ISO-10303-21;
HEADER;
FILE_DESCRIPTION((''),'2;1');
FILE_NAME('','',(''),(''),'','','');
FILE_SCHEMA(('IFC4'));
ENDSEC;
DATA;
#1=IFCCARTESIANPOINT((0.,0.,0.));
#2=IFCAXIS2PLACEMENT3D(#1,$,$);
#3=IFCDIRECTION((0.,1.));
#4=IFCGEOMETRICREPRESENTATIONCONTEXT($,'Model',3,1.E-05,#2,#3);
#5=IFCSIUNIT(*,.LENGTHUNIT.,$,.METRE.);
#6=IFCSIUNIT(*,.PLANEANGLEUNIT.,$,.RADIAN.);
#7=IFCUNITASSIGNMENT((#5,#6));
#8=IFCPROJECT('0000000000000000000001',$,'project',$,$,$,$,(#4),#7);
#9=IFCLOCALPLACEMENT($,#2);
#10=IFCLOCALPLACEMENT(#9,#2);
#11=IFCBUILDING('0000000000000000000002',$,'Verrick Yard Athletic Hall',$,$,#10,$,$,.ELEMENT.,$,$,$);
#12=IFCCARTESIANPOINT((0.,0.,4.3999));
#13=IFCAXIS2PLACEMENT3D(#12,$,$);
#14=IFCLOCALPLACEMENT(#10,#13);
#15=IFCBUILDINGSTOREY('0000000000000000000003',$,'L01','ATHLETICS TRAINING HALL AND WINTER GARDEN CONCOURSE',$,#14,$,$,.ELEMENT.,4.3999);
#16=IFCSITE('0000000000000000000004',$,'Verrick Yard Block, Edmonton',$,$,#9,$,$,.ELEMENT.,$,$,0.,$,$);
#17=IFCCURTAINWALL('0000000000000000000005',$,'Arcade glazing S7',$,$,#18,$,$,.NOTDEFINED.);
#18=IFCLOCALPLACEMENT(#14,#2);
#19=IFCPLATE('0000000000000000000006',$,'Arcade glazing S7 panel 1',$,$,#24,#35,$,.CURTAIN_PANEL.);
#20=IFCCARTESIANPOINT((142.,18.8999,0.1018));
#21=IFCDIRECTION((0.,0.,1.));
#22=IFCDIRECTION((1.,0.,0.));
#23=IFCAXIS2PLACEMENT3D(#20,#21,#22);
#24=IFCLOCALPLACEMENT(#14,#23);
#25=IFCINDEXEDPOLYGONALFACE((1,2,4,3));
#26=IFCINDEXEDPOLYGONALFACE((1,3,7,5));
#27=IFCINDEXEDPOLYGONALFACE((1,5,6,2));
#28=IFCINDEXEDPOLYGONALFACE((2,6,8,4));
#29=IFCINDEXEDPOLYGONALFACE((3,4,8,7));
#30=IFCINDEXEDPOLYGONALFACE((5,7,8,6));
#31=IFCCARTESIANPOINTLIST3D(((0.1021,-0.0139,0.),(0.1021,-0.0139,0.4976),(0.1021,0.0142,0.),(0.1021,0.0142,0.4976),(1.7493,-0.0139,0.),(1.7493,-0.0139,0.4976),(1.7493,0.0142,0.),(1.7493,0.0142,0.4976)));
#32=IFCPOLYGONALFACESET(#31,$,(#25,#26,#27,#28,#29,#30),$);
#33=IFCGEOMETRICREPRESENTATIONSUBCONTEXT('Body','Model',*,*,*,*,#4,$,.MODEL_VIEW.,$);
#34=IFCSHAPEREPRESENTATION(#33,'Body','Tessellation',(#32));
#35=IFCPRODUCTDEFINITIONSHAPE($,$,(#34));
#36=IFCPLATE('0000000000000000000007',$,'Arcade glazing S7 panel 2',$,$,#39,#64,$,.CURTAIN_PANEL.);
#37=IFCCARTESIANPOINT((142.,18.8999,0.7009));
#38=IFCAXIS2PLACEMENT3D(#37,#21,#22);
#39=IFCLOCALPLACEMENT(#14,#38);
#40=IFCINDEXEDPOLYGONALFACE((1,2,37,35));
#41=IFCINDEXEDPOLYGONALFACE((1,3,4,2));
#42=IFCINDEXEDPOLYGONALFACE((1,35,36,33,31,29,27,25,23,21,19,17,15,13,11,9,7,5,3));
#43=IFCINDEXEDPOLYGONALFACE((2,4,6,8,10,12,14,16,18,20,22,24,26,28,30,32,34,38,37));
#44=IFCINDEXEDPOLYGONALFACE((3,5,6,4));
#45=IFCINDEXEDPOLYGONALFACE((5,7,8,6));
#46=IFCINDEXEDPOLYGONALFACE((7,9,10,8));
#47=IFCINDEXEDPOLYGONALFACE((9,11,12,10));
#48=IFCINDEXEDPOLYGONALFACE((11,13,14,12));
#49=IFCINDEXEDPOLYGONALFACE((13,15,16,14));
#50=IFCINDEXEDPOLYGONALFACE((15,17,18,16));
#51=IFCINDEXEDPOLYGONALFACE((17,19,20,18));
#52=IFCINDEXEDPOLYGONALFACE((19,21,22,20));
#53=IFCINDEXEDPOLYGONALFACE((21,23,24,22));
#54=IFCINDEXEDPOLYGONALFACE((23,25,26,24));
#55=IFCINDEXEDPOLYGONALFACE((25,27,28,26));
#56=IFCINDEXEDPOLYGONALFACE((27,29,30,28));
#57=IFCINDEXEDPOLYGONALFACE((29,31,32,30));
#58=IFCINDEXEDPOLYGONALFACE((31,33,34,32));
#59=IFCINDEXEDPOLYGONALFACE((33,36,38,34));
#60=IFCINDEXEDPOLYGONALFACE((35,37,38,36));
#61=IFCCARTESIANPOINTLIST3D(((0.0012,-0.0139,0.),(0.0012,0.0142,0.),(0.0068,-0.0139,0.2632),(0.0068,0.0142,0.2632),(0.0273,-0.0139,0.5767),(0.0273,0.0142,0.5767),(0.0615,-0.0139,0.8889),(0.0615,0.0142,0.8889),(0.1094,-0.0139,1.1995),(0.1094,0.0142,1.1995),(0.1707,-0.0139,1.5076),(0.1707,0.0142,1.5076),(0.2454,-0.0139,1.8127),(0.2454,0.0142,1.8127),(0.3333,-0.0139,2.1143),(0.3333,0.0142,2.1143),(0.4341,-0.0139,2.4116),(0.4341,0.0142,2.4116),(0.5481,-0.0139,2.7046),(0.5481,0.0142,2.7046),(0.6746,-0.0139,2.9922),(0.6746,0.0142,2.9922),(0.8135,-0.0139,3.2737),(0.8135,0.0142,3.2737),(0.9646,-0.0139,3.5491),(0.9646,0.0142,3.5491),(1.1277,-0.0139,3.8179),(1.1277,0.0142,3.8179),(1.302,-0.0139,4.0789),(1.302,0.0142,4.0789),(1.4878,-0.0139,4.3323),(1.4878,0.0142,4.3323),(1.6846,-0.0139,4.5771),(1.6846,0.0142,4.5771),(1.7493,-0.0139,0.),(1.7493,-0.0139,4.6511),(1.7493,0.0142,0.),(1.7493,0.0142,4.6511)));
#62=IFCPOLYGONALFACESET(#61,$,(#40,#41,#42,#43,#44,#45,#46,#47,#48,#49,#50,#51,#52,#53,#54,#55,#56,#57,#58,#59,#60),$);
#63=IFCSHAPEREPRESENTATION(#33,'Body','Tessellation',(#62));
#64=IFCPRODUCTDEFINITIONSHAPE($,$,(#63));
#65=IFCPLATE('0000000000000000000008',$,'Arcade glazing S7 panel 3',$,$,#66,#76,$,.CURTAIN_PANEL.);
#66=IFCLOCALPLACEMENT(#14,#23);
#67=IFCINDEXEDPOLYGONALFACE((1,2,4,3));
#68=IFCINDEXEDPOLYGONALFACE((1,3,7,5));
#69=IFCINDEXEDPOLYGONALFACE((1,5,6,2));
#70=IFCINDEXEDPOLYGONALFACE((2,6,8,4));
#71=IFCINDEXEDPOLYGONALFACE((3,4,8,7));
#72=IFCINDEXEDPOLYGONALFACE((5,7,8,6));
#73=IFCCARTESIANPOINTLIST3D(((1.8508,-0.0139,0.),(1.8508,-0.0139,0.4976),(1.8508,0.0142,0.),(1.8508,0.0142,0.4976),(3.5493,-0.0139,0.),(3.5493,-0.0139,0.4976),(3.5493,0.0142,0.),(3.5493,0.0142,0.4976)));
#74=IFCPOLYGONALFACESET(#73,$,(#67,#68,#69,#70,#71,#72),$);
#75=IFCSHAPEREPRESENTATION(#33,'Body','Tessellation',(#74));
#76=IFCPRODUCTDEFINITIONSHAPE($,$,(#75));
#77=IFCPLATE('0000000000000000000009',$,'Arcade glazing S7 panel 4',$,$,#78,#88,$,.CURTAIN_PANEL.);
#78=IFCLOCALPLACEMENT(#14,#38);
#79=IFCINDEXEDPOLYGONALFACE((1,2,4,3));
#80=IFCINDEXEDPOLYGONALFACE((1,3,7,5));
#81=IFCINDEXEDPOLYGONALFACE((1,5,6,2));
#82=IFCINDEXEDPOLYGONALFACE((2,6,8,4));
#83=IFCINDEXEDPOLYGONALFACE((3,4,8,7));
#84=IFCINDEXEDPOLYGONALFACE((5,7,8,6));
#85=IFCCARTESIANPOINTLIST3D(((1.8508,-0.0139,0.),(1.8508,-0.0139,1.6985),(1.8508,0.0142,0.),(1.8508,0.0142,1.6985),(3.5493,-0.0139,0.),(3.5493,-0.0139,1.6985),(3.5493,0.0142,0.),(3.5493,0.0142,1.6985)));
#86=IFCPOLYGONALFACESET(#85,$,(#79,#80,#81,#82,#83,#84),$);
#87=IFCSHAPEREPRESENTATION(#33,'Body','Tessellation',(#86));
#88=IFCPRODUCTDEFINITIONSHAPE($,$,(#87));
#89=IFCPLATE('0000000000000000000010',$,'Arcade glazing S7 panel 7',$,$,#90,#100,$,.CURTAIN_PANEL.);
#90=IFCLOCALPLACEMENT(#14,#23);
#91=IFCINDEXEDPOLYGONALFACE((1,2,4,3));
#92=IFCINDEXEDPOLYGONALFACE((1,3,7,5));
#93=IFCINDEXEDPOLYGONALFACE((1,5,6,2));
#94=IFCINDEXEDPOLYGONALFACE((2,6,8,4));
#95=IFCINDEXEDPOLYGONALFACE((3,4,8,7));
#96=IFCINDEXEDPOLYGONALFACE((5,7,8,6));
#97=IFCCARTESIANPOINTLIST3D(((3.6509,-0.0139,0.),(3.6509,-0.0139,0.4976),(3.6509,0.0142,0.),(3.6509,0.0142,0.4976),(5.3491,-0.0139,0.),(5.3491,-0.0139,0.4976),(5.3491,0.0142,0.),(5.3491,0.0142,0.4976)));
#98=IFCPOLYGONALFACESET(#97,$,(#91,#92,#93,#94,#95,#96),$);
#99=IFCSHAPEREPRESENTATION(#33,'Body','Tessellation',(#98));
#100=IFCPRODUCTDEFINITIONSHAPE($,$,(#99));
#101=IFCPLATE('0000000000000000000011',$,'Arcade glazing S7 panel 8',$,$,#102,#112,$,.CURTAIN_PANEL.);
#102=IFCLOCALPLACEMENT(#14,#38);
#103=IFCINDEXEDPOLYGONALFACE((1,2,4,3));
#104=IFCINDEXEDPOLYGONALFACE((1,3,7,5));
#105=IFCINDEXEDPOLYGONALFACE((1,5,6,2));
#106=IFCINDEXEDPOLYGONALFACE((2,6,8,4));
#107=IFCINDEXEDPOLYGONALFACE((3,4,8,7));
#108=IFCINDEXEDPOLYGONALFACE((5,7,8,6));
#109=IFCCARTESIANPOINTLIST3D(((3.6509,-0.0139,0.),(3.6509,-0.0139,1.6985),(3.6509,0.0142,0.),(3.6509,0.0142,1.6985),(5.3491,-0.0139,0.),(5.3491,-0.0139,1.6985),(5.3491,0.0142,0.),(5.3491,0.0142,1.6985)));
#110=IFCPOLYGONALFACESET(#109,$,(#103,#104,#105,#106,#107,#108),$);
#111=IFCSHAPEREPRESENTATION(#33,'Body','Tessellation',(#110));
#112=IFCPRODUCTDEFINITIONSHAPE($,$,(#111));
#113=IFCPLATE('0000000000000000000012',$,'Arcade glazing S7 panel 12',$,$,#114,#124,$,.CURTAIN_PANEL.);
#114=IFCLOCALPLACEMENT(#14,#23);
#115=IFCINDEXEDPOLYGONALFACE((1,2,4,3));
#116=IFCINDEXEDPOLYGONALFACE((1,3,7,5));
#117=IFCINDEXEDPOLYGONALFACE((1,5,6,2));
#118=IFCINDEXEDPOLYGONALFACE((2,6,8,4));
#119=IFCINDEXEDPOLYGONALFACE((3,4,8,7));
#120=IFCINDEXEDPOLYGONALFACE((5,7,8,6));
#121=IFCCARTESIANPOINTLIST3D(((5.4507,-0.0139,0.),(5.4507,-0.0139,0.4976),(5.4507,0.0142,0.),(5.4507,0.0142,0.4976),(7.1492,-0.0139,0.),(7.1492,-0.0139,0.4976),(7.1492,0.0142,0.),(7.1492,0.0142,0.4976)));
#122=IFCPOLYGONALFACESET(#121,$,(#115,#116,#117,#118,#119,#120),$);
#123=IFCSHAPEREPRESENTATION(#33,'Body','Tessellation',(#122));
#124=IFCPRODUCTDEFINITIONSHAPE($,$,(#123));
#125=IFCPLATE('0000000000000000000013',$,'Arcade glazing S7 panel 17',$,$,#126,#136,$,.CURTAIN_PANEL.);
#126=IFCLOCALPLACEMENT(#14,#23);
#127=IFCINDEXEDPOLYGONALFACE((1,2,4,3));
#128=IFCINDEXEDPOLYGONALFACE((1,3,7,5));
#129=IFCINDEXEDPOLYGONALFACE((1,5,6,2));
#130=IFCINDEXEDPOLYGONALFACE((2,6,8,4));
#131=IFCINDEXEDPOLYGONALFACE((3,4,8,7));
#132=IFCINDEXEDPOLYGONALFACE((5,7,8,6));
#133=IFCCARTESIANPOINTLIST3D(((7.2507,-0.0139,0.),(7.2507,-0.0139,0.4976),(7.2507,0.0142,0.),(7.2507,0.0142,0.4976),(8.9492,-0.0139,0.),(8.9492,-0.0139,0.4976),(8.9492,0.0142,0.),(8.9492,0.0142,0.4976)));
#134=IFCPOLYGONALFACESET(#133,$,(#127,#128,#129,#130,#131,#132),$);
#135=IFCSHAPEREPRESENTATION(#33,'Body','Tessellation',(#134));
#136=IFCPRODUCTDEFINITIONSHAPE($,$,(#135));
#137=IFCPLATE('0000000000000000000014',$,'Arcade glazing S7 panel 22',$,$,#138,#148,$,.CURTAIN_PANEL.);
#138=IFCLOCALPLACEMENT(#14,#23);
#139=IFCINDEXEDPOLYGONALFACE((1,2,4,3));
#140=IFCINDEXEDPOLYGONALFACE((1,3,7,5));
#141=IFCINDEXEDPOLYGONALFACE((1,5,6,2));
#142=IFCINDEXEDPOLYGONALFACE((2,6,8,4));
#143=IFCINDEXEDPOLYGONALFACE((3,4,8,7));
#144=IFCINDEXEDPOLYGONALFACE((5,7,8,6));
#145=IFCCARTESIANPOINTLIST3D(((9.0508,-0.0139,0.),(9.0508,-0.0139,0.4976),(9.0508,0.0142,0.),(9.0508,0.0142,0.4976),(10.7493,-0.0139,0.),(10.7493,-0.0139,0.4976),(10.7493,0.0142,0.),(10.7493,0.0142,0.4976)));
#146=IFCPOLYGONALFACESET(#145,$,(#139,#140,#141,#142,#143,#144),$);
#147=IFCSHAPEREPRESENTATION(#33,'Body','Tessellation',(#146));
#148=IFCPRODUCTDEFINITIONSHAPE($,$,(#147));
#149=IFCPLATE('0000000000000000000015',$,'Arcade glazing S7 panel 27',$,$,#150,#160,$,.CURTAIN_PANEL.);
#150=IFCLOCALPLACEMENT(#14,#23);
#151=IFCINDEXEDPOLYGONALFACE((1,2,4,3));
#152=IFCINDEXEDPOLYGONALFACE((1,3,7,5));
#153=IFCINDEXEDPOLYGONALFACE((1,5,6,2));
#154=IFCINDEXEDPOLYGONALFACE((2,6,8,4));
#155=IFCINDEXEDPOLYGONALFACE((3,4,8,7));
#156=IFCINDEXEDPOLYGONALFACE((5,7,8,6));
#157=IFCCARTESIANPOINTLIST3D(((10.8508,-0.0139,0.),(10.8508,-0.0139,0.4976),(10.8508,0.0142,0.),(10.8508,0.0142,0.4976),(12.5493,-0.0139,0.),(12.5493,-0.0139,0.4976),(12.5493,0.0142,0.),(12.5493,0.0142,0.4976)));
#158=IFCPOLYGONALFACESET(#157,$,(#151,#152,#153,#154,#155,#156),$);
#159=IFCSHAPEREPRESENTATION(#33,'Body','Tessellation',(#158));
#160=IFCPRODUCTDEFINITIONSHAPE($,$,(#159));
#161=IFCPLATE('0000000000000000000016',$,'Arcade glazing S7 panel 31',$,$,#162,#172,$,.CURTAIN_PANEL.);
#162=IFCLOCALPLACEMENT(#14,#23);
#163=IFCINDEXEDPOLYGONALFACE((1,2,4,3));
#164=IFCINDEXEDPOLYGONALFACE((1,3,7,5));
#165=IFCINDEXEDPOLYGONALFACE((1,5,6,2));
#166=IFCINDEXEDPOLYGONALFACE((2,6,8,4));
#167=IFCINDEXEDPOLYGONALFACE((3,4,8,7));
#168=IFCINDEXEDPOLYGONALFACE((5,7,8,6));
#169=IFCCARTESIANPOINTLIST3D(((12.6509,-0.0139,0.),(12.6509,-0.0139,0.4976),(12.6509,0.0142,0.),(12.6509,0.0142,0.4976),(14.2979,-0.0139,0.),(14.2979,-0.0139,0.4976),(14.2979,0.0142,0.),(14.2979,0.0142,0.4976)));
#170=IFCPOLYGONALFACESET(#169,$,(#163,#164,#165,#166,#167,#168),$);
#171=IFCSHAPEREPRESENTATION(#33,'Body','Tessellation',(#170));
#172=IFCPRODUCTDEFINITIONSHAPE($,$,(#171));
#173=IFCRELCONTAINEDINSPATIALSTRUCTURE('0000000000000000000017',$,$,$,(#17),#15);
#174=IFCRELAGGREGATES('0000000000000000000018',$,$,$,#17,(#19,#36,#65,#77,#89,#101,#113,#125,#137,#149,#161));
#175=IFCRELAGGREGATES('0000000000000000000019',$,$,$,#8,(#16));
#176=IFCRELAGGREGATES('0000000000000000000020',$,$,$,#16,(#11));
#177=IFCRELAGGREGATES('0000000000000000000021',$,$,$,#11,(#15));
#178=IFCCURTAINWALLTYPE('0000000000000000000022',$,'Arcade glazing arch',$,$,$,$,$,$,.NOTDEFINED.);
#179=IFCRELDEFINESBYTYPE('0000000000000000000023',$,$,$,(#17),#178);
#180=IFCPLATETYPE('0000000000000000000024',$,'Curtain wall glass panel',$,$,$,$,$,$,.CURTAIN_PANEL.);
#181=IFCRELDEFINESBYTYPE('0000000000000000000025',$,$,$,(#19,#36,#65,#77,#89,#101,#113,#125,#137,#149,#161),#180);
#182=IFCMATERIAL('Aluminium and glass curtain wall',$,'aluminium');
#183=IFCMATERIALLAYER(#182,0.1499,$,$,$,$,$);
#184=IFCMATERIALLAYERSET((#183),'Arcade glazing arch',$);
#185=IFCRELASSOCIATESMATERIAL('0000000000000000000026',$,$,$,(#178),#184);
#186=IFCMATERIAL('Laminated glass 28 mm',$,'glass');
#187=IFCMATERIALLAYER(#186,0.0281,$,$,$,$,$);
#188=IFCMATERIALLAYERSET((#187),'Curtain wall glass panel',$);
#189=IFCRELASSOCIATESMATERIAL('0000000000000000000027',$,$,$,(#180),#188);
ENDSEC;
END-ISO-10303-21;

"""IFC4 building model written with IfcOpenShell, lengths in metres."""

from ifc_helpers import new_model, si_unit, direction, frame, origin, place, context, subcontext, project, spatial, polyline, outline, extrude, material, layer, layer_set, type_object, element, aggregate, save


model = new_model("IFC4")

# Units and contexts
model_context = context("Model", 3, precision=1e-05, world=origin(), true_north=direction((0.0, 1.0)))
body_context = subcontext(model_context, "Body", "Model", "MODEL_VIEW")
ifc_project = project(units=[si_unit("LENGTHUNIT", "METRE"), si_unit("PLANEANGLEUNIT", "RADIAN")], contexts=[model_context])

# Site, building, storey
site_placement = place(None, origin())
site = spatial("IfcSite", under=ifc_project, at=site_placement, Name="Verrick Yard Block, Edmonton", CompositionType="ELEMENT", RefElevation=0.0)
building_placement = place(site_placement, origin())
building = spatial("IfcBuilding", under=site, at=building_placement, Name="Verrick Yard Athletic Hall", CompositionType="ELEMENT")
storey_placement = place(building_placement, frame((0.0, 0.0, 4.3999)))
storey = spatial("IfcBuildingStorey", under=building, at=storey_placement, Name="L01", Description="ATHLETICS TRAINING HALL AND WINTER GARDEN CONCOURSE", CompositionType="ELEMENT", Elevation=4.3999)

# Shared definitions
ifc_material_1 = material(Name="Aluminium and glass curtain wall", Category="aluminium")
ifc_layer_1 = layer(ifc_material_1, 0.1499)
ifc_layer_set_1 = layer_set([ifc_layer_1], Name="Arcade glazing arch")
curtain_wall_type = type_object("IfcCurtainWallType", Name="Arcade glazing arch", PredefinedType="NOTDEFINED", material=ifc_layer_set_1)

# Curtain wall, plates
curtain_wall_1_placement = place(storey_placement, origin())
curtain_wall_1 = element("IfcCurtainWall", 1, at=curtain_wall_1_placement, inside=storey, type_object=curtain_wall_type, Name="Arcade glazing S7", PredefinedType="NOTDEFINED")
ifc_material_2 = material(Name="Laminated glass 28 mm", Category="glass")
ifc_layer_2 = layer(ifc_material_2, 0.0281)
ifc_layer_set_2 = layer_set([ifc_layer_2], Name="Curtain wall glass panel")
plate_type = type_object("IfcPlateType", Name="Curtain wall glass panel", PredefinedType="CURTAIN_PANEL", material=ifc_layer_set_2)
plate_1_placement = place(storey_placement, frame((142.0, 18.8999, 0.1018), z_axis=(0.0, 0.0, 1.0), x_axis=(1.0, 0.0, 0.0)))
plate_1 = element("IfcPlate", 2, at=plate_1_placement, type_object=plate_type, Name="Arcade glazing S7 panel 1", PredefinedType="CURTAIN_PANEL", context=body_context, shape_type="SweptSolid", body=[
    extrude(outline(polyline([(1.7493, 0.0), (1.7493, 0.4976), (0.1021, 0.4976), (0.1021, 0.0), (1.7493, 0.0)])), frame((0.0, 0.0142, 0.0), z_axis=(0.0, -1.0, 0.0), x_axis=(1.0, 0.0, 0.0)), (0.0, 0.0, 1.0), 0.0281),
])
plate_2_placement = place(storey_placement, frame((142.0, 18.8999, 0.7009), z_axis=(0.0, 0.0, 1.0), x_axis=(1.0, 0.0, 0.0)))
plate_2 = element("IfcPlate", 3, at=plate_2_placement, type_object=plate_type, Name="Arcade glazing S7 panel 2", PredefinedType="CURTAIN_PANEL", context=body_context, shape_type="SweptSolid", body=[
    extrude(outline(polyline([(1.7493, 4.6511), (1.6846, 4.5771), (1.4878, 4.3323), (1.302, 4.0789), (1.1277, 3.8179), (0.9646, 3.5491), (0.8135, 3.2737), (0.6746, 2.9922), (0.5481, 2.7046), (0.4341, 2.4116), (0.3333, 2.1143), (0.2454, 1.8127), (0.1707, 1.5076), (0.1094, 1.1995), (0.0615, 0.8889), (0.0273, 0.5767), (0.0068, 0.2632), (0.0012, 0.0), (1.7493, 0.0), (1.7493, 4.6511)])), frame((0.0, 0.0142, 0.0), z_axis=(0.0, -1.0, 0.0), x_axis=(1.0, 0.0, 0.0)), (0.0, 0.0, 1.0), 0.0281),
])
plate_3_placement = place(storey_placement, frame((142.0, 18.8999, 0.1018), z_axis=(0.0, 0.0, 1.0), x_axis=(1.0, 0.0, 0.0)))
plate_3 = element("IfcPlate", 4, at=plate_3_placement, type_object=plate_type, Name="Arcade glazing S7 panel 3", PredefinedType="CURTAIN_PANEL", context=body_context, shape_type="SweptSolid", body=[
    extrude(outline(polyline([(3.5493, 0.0), (3.5493, 0.4976), (1.8508, 0.4976), (1.8508, 0.0), (3.5493, 0.0)])), frame((0.0, 0.0142, 0.0), z_axis=(0.0, -1.0, 0.0), x_axis=(1.0, 0.0, 0.0)), (0.0, 0.0, 1.0), 0.0281),
])
plate_4_placement = place(storey_placement, frame((142.0, 18.8999, 0.7009), z_axis=(0.0, 0.0, 1.0), x_axis=(1.0, 0.0, 0.0)))
plate_4 = element("IfcPlate", 5, at=plate_4_placement, type_object=plate_type, Name="Arcade glazing S7 panel 4", PredefinedType="CURTAIN_PANEL", context=body_context, shape_type="SweptSolid", body=[
    extrude(outline(polyline([(3.5493, 0.0), (3.5493, 1.6985), (1.8508, 1.6985), (1.8508, 0.0), (3.5493, 0.0)])), frame((0.0, 0.0142, 0.0), z_axis=(0.0, -1.0, 0.0), x_axis=(1.0, 0.0, 0.0)), (0.0, 0.0, 1.0), 0.0281),
])
plate_5_placement = place(storey_placement, frame((142.0, 18.8999, 0.1018), z_axis=(0.0, 0.0, 1.0), x_axis=(1.0, 0.0, 0.0)))
plate_5 = element("IfcPlate", 6, at=plate_5_placement, type_object=plate_type, Name="Arcade glazing S7 panel 7", PredefinedType="CURTAIN_PANEL", context=body_context, shape_type="SweptSolid", body=[
    extrude(outline(polyline([(5.3491, 0.0), (5.3491, 0.4976), (3.6509, 0.4976), (3.6509, 0.0), (5.3491, 0.0)])), frame((0.0, 0.0142, 0.0), z_axis=(0.0, -1.0, 0.0), x_axis=(1.0, 0.0, 0.0)), (0.0, 0.0, 1.0), 0.0281),
])
plate_6_placement = place(storey_placement, frame((142.0, 18.8999, 0.7009), z_axis=(0.0, 0.0, 1.0), x_axis=(1.0, 0.0, 0.0)))
plate_6 = element("IfcPlate", 7, at=plate_6_placement, type_object=plate_type, Name="Arcade glazing S7 panel 8", PredefinedType="CURTAIN_PANEL", context=body_context, shape_type="SweptSolid", body=[
    extrude(outline(polyline([(5.3491, 0.0), (5.3491, 1.6985), (3.6509, 1.6985), (3.6509, 0.0), (5.3491, 0.0)])), frame((0.0, 0.0142, 0.0), z_axis=(0.0, -1.0, 0.0), x_axis=(1.0, 0.0, 0.0)), (0.0, 0.0, 1.0), 0.0281),
])
plate_7_placement = place(storey_placement, frame((142.0, 18.8999, 0.1018), z_axis=(0.0, 0.0, 1.0), x_axis=(1.0, 0.0, 0.0)))
plate_7 = element("IfcPlate", 8, at=plate_7_placement, type_object=plate_type, Name="Arcade glazing S7 panel 12", PredefinedType="CURTAIN_PANEL", context=body_context, shape_type="SweptSolid", body=[
    extrude(outline(polyline([(7.1492, 0.0), (7.1492, 0.4976), (5.4507, 0.4976), (5.4507, 0.0), (7.1492, 0.0)])), frame((0.0, 0.0142, 0.0), z_axis=(0.0, -1.0, 0.0), x_axis=(1.0, 0.0, 0.0)), (0.0, 0.0, 1.0), 0.0281),
])
plate_8_placement = place(storey_placement, frame((142.0, 18.8999, 0.1018), z_axis=(0.0, 0.0, 1.0), x_axis=(1.0, 0.0, 0.0)))
plate_8 = element("IfcPlate", 9, at=plate_8_placement, type_object=plate_type, Name="Arcade glazing S7 panel 17", PredefinedType="CURTAIN_PANEL", context=body_context, shape_type="SweptSolid", body=[
    extrude(outline(polyline([(8.9492, 0.0), (8.9492, 0.4976), (7.2507, 0.4976), (7.2507, 0.0), (8.9492, 0.0)])), frame((0.0, 0.0142, 0.0), z_axis=(0.0, -1.0, 0.0), x_axis=(1.0, 0.0, 0.0)), (0.0, 0.0, 1.0), 0.0281),
])
plate_9_placement = place(storey_placement, frame((142.0, 18.8999, 0.1018), z_axis=(0.0, 0.0, 1.0), x_axis=(1.0, 0.0, 0.0)))
plate_9 = element("IfcPlate", 10, at=plate_9_placement, type_object=plate_type, Name="Arcade glazing S7 panel 22", PredefinedType="CURTAIN_PANEL", context=body_context, shape_type="SweptSolid", body=[
    extrude(outline(polyline([(10.7493, 0.0), (10.7493, 0.4976), (9.0508, 0.4976), (9.0508, 0.0), (10.7493, 0.0)])), frame((0.0, 0.0142, 0.0), z_axis=(0.0, -1.0, 0.0), x_axis=(1.0, 0.0, 0.0)), (0.0, 0.0, 1.0), 0.0281),
])
plate_10_placement = place(storey_placement, frame((142.0, 18.8999, 0.1018), z_axis=(0.0, 0.0, 1.0), x_axis=(1.0, 0.0, 0.0)))
plate_10 = element("IfcPlate", 11, at=plate_10_placement, type_object=plate_type, Name="Arcade glazing S7 panel 27", PredefinedType="CURTAIN_PANEL", context=body_context, shape_type="SweptSolid", body=[
    extrude(outline(polyline([(12.5493, 0.0), (12.5493, 0.4976), (10.8508, 0.4976), (10.8508, 0.0), (12.5493, 0.0)])), frame((0.0, 0.0142, 0.0), z_axis=(0.0, -1.0, 0.0), x_axis=(1.0, 0.0, 0.0)), (0.0, 0.0, 1.0), 0.0281),
])
plate_11_placement = place(storey_placement, frame((142.0, 18.8999, 0.1018), z_axis=(0.0, 0.0, 1.0), x_axis=(1.0, 0.0, 0.0)))
plate_11 = element("IfcPlate", 12, at=plate_11_placement, type_object=plate_type, Name="Arcade glazing S7 panel 31", PredefinedType="CURTAIN_PANEL", context=body_context, shape_type="SweptSolid", body=[
    extrude(outline(polyline([(14.2979, 0.0), (14.2979, 0.4976), (12.6509, 0.4976), (12.6509, 0.0), (14.2979, 0.0)])), frame((0.0, 0.0142, 0.0), z_axis=(0.0, -1.0, 0.0), x_axis=(1.0, 0.0, 0.0)), (0.0, 0.0, 1.0), 0.0281),
])
aggregate(curtain_wall_1, [plate_1, plate_2, plate_3, plate_4, plate_5, plate_6, plate_7, plate_8, plate_9, plate_10, plate_11])

save(model, "model.ifc")
